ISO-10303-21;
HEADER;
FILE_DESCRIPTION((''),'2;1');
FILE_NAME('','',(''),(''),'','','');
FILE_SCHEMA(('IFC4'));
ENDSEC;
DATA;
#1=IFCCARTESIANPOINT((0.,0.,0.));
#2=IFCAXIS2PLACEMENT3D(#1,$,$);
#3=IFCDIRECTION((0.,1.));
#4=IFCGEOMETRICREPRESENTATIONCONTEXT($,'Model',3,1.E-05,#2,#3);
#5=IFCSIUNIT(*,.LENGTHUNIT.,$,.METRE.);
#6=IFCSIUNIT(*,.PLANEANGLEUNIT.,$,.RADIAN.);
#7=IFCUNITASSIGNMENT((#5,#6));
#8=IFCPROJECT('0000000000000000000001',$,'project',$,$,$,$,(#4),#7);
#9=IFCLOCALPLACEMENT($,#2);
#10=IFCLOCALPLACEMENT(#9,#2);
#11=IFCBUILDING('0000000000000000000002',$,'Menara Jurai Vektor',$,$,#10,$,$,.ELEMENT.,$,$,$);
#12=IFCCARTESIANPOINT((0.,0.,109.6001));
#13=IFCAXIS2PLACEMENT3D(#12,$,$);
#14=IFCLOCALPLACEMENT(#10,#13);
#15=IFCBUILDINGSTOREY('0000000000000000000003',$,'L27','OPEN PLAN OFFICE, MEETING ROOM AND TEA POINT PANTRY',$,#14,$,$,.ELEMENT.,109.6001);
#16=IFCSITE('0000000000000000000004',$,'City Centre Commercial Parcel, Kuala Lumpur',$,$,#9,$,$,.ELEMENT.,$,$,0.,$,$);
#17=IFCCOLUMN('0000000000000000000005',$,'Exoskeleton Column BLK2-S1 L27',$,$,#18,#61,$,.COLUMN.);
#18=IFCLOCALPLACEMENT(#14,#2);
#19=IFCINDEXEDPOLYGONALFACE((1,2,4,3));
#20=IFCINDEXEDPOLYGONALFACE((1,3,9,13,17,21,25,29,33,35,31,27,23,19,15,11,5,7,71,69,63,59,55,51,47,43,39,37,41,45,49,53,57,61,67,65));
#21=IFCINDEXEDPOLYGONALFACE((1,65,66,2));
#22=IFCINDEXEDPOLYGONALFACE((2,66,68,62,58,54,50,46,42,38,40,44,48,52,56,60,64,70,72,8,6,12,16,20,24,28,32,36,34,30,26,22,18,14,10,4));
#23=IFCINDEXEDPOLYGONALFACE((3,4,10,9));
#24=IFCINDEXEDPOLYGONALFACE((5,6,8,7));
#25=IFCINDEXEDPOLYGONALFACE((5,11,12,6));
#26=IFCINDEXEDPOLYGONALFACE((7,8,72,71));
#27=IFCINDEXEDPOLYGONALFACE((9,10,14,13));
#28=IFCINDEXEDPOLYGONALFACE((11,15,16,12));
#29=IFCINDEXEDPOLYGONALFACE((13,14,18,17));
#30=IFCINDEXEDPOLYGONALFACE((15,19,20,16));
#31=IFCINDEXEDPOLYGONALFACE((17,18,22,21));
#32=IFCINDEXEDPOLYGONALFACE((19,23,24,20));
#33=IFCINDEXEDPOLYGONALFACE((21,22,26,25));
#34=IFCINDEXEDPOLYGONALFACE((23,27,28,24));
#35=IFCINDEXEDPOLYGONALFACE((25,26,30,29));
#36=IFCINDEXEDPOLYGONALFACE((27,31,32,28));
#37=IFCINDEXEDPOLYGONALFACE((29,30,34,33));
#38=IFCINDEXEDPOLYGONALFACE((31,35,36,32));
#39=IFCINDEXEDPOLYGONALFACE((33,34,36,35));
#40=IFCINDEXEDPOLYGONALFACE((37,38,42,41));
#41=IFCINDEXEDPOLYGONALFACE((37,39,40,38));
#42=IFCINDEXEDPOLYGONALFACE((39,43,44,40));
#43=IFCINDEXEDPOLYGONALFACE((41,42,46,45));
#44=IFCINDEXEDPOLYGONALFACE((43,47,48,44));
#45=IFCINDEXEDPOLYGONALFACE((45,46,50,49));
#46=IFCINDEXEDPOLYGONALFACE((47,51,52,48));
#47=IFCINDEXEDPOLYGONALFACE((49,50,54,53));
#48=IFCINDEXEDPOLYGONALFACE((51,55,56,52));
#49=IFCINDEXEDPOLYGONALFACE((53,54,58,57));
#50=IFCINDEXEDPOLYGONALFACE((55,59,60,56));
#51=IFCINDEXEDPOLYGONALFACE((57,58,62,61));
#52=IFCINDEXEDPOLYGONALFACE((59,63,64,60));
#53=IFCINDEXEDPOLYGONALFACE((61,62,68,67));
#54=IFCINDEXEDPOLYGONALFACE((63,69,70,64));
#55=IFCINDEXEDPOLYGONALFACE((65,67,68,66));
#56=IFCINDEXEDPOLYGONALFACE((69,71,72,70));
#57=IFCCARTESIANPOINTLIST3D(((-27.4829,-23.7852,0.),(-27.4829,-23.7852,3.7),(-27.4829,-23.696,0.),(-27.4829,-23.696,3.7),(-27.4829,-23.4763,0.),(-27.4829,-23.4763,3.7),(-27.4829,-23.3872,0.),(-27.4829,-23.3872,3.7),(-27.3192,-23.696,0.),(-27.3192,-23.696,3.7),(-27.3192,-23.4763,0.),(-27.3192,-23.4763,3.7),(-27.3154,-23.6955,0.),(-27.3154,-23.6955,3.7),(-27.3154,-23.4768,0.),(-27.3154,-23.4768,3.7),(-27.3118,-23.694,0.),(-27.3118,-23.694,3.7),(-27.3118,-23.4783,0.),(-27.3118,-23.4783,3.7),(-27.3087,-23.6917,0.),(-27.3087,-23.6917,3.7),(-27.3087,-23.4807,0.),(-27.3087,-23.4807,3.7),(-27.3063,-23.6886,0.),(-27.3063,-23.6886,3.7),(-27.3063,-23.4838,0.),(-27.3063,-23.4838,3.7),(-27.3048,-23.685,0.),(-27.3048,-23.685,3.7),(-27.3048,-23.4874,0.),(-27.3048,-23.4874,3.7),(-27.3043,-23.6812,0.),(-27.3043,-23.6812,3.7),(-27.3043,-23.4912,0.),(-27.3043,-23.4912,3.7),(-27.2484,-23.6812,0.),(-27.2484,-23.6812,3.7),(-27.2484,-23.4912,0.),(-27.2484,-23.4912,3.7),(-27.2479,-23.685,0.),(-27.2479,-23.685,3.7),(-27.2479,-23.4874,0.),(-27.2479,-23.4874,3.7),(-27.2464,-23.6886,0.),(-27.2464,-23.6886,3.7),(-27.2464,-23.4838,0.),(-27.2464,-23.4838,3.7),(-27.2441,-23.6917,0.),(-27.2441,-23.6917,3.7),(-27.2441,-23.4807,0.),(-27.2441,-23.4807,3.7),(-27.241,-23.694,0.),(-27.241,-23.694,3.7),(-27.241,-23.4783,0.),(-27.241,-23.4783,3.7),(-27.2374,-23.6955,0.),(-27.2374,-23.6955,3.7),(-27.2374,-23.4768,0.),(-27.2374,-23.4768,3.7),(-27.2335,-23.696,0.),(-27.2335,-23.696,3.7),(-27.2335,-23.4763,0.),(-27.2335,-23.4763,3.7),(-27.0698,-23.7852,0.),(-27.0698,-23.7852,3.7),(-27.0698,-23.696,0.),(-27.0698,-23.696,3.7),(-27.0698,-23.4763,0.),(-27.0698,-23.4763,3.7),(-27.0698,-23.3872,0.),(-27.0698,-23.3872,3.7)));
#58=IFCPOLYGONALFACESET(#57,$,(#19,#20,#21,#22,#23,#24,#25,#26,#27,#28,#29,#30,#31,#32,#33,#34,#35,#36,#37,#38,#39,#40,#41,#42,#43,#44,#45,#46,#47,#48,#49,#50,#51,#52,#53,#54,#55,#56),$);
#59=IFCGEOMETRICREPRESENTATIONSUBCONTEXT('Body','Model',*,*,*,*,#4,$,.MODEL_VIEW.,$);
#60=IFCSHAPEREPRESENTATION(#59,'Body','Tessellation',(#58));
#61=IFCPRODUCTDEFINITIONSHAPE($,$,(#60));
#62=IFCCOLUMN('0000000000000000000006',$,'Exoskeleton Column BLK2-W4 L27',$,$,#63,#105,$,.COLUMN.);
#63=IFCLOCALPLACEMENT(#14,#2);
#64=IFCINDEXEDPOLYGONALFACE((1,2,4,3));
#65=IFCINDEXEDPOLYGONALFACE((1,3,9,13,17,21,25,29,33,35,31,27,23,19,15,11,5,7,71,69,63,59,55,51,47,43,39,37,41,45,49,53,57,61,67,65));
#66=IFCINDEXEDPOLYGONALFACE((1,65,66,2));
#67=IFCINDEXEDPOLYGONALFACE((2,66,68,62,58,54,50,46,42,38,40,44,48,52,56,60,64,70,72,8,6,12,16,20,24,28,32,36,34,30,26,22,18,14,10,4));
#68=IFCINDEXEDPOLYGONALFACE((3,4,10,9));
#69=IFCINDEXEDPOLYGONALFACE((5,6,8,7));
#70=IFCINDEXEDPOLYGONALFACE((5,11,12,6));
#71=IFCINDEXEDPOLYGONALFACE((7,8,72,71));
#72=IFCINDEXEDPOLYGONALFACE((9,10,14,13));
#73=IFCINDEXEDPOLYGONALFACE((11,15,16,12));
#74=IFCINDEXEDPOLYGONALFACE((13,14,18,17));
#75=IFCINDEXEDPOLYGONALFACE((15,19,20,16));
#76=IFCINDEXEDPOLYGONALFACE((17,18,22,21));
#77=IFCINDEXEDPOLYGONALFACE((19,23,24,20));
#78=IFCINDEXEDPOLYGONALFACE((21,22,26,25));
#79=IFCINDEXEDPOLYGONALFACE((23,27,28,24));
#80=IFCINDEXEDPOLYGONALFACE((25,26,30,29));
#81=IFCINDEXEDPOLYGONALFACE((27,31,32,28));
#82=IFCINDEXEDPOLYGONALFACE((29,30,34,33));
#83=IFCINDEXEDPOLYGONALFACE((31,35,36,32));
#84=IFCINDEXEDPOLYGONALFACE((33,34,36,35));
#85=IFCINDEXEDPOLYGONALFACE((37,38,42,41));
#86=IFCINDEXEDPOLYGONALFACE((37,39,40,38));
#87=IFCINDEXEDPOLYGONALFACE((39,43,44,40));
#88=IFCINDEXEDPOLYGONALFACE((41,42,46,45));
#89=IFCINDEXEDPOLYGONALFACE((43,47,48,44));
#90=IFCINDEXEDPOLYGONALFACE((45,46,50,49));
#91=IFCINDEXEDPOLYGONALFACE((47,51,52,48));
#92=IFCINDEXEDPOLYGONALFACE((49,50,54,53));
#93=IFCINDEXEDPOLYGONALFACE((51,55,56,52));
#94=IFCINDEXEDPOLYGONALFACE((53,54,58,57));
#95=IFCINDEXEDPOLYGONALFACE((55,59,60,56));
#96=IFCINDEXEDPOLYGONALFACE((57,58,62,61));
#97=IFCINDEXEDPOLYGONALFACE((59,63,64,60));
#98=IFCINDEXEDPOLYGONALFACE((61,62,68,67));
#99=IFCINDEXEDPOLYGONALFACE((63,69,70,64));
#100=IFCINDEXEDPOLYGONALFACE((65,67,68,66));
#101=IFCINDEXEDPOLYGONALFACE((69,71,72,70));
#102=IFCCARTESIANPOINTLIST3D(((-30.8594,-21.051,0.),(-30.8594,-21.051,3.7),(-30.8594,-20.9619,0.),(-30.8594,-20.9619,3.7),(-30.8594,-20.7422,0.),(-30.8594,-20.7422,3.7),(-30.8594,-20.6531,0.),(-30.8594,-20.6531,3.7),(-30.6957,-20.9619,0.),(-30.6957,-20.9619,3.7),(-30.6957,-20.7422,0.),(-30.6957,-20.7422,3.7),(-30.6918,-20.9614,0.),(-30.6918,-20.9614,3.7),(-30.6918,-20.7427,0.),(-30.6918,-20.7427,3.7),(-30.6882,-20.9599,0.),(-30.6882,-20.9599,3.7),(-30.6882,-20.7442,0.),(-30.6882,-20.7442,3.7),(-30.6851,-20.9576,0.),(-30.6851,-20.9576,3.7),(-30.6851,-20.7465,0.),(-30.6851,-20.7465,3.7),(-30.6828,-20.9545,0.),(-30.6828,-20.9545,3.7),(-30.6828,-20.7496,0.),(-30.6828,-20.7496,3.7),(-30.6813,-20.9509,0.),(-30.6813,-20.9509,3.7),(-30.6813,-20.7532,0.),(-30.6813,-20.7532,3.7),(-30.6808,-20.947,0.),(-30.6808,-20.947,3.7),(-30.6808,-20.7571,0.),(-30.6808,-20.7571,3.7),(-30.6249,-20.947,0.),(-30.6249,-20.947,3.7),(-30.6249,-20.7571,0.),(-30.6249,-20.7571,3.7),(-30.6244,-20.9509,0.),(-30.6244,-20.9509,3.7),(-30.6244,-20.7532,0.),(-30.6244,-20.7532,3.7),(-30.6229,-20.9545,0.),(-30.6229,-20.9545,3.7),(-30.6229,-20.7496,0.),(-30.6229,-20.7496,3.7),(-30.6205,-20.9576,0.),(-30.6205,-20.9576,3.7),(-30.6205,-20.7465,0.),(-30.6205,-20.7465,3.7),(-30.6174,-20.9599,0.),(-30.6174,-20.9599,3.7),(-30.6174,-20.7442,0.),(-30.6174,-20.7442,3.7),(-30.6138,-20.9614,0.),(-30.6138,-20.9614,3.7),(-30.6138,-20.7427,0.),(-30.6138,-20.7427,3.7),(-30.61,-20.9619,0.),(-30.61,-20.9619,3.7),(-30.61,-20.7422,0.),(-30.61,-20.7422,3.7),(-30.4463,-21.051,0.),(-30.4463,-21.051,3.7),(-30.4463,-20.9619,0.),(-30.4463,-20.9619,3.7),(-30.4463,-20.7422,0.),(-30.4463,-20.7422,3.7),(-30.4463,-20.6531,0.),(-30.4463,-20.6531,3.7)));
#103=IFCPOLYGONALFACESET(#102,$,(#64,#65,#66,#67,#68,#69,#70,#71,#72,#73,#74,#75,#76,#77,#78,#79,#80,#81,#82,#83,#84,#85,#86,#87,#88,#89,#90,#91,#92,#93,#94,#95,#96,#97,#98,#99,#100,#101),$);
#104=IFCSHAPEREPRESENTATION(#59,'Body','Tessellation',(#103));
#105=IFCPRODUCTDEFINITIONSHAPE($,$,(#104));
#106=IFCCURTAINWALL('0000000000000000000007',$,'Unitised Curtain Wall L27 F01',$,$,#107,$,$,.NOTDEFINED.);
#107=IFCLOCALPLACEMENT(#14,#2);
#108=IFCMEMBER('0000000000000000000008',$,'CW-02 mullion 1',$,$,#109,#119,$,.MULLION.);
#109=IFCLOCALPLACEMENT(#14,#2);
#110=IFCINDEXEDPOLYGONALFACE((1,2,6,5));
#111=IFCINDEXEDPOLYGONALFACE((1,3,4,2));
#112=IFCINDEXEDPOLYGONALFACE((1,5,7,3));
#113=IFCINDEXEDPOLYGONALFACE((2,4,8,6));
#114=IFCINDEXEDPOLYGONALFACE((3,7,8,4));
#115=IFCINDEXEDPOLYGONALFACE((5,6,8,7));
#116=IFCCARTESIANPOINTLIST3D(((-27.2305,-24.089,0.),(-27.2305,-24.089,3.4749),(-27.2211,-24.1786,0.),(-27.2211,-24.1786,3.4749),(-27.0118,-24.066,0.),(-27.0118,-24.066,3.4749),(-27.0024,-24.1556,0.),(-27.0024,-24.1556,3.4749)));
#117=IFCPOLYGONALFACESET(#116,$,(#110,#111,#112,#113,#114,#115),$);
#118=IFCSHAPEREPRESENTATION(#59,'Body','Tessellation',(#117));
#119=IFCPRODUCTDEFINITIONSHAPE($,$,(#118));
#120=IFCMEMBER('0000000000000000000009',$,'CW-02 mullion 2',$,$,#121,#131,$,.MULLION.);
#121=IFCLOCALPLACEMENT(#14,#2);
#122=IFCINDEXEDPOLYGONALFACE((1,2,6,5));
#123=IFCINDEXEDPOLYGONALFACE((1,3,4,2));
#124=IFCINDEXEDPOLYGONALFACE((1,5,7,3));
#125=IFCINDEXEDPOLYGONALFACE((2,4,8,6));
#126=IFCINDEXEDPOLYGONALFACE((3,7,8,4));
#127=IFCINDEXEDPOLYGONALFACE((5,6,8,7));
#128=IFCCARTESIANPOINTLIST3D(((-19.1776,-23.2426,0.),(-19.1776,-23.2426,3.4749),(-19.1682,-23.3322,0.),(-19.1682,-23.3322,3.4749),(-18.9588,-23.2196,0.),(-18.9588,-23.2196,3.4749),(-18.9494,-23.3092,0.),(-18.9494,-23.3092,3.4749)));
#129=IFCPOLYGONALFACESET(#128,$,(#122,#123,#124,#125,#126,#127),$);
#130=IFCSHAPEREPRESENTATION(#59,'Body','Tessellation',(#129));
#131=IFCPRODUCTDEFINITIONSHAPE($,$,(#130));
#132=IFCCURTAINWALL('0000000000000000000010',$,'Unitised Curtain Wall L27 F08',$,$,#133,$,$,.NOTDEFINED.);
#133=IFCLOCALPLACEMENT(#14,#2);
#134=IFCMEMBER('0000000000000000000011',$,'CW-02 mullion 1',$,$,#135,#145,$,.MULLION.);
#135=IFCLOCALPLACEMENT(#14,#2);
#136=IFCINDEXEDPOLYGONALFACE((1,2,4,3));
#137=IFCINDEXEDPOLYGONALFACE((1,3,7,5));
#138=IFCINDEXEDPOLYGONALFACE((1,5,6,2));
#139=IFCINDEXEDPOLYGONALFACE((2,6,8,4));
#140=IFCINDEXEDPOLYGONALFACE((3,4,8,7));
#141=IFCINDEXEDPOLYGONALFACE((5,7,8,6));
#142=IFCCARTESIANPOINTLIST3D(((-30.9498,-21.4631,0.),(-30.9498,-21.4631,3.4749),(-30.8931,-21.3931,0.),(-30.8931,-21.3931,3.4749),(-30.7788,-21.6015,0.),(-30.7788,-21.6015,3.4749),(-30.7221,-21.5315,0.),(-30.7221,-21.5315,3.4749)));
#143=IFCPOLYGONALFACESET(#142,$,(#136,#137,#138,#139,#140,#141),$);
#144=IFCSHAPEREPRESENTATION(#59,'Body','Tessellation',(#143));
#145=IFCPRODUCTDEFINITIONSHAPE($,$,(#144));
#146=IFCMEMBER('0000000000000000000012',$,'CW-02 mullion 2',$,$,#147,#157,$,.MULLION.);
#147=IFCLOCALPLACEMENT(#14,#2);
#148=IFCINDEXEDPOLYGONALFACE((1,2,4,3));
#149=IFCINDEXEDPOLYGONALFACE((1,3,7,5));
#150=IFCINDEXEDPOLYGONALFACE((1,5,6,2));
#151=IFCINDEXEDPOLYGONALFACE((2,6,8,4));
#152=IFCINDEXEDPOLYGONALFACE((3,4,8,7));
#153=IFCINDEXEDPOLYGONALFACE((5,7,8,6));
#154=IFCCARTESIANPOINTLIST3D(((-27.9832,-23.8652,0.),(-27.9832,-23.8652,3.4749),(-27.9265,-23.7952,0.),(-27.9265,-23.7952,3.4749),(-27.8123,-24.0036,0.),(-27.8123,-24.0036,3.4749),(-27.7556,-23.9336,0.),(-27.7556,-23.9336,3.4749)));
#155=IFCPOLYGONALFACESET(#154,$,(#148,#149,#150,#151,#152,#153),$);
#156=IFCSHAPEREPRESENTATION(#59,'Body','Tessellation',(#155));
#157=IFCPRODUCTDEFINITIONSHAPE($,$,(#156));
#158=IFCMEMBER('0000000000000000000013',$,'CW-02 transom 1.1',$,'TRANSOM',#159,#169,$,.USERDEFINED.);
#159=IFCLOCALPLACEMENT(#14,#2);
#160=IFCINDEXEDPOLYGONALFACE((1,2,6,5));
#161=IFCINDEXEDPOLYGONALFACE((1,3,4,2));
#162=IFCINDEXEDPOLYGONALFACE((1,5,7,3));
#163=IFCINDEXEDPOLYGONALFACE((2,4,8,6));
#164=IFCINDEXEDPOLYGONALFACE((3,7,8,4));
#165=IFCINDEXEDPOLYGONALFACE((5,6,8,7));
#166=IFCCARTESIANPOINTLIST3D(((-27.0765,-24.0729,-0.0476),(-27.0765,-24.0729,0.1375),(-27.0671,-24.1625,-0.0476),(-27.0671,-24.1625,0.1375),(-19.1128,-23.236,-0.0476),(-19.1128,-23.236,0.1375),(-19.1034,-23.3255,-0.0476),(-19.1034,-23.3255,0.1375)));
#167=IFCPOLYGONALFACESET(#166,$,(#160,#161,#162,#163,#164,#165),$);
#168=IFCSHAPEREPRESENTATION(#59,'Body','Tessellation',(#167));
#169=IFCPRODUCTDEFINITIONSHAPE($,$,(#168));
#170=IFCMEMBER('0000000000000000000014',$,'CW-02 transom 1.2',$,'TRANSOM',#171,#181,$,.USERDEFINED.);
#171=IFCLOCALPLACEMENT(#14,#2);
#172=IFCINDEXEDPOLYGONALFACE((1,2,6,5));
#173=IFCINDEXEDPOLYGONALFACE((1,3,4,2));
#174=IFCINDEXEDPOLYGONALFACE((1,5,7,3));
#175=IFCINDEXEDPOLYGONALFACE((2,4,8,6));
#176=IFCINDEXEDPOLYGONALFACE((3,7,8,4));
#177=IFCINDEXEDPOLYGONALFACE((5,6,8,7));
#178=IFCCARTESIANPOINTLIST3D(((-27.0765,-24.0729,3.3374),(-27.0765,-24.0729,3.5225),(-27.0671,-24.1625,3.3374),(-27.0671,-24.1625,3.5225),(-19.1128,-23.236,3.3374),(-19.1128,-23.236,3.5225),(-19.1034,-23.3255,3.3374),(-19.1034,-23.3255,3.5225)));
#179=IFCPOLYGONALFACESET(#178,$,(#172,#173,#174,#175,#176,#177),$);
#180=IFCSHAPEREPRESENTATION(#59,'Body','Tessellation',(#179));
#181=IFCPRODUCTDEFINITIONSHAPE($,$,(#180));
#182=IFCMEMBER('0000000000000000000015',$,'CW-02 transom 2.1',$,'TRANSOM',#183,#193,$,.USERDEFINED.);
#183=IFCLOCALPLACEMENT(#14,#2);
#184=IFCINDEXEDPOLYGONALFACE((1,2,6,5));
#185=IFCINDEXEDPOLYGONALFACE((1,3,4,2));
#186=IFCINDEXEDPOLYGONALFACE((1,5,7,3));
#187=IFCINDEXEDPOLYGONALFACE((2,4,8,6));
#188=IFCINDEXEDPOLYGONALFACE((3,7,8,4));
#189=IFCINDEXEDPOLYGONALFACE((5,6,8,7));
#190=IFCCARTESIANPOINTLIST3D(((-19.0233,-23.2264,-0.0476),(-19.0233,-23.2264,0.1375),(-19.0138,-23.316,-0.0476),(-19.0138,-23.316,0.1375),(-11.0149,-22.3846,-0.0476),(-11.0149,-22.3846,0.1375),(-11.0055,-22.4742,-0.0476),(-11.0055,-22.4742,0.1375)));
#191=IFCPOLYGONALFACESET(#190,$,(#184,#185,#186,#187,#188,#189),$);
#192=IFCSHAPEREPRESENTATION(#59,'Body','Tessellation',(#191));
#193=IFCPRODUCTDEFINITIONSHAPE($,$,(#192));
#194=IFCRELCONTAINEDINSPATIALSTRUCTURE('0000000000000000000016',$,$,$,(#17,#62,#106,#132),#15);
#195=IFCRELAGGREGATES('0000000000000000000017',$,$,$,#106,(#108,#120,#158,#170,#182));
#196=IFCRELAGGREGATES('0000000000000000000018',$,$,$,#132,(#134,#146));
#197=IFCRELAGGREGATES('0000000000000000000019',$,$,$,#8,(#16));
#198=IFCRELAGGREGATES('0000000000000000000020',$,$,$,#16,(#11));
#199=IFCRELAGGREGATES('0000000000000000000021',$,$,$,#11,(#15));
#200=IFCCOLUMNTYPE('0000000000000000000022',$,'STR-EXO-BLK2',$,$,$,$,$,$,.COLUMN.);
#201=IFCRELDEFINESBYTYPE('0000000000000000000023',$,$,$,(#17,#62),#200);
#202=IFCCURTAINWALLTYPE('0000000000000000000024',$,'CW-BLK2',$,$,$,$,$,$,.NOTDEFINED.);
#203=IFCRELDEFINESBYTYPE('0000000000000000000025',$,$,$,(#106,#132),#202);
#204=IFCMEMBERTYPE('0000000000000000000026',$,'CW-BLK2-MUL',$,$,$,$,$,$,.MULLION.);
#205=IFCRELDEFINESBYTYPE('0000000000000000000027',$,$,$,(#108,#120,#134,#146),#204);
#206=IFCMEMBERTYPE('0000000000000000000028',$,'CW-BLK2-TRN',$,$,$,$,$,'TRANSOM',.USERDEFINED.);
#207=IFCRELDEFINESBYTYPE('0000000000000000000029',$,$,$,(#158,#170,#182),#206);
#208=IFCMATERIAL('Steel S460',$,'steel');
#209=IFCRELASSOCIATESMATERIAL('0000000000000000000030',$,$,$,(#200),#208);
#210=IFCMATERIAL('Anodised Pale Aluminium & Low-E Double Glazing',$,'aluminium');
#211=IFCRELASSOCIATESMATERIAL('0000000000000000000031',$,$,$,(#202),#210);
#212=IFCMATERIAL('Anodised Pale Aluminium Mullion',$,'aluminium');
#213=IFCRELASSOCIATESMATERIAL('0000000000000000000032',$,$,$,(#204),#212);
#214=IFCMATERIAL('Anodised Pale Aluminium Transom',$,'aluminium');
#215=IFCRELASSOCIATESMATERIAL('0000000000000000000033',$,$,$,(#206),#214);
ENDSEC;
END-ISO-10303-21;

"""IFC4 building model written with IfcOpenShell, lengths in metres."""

from ifc_helpers import new_model, si_unit, direction, frame, origin, origin_2d, place, context, subcontext, project, spatial, rectangle, i_section, extrude, material, material_profile, profile_set, type_object, element, aggregate, save


model = new_model("IFC4")

# Units and contexts
model_context = context("Model", 3, precision=1e-05, world=origin(), true_north=direction((0.0, 1.0)))
body_context = subcontext(model_context, "Body", "Model", "MODEL_VIEW")
ifc_project = project(units=[si_unit("LENGTHUNIT", "METRE"), si_unit("PLANEANGLEUNIT", "RADIAN")], contexts=[model_context])

# Site, building, storey
site_placement = place(None, origin())
site = spatial("IfcSite", under=ifc_project, at=site_placement, Name="City Centre Commercial Parcel, Kuala Lumpur", CompositionType="ELEMENT", RefElevation=0.0)
building_placement = place(site_placement, origin())
building = spatial("IfcBuilding", under=site, at=building_placement, Name="Menara Jurai Vektor", CompositionType="ELEMENT")
storey_placement = place(building_placement, frame((0.0, 0.0, 109.6001)))
storey = spatial("IfcBuildingStorey", under=building, at=storey_placement, Name="L27", Description="OPEN PLAN OFFICE, MEETING ROOM AND TEA POINT PANTRY", CompositionType="ELEMENT", Elevation=109.6001)

# Columns
ifc_material_1 = material(Name="Steel S460", Category="steel")
ifc_material_profile_1 = material_profile(ifc_material_1, i_section(OverallWidth=0.4131, OverallDepth=0.3979, WebThickness=0.0559, FlangeThickness=0.0891, FilletRadius=0.0149, at=origin_2d()), Name="HD 400x744")
ifc_profile_set_1 = profile_set([ifc_material_profile_1], Name="Steel S460")
column_type = type_object("IfcColumnType", Name="STR-EXO-BLK2", PredefinedType="COLUMN", material=ifc_profile_set_1)
for number, where, z_axis, x_axis, name in (
    (1, (-27.2764, -23.5862, 0.0), (0.0, 0.0, 1.0), (1.0, 0.0, 0.0), "Exoskeleton Column BLK2-S1 L27"),
    (2, (-30.6528, -20.8521, 0.0), (0.0, 0.0, 1.0), (1.0, 0.0, 0.0), "Exoskeleton Column BLK2-W4 L27"),
):
    element("IfcColumn", number, at=place(storey_placement, frame(where, z_axis=z_axis, x_axis=x_axis)), inside=storey, type_object=column_type, Name=name, PredefinedType="COLUMN", context=body_context, shape_type="SweptSolid", body=[
        extrude(i_section(OverallWidth=0.4131, OverallDepth=0.3979, WebThickness=0.0559, FlangeThickness=0.0891, FilletRadius=0.0149, at=origin_2d()), origin(), (0.0, 0.0, 1.0), 3.7),
    ])

# Curtain walls, members
ifc_material_2 = material(Name="Anodised Pale Aluminium & Low-E Double Glazing", Category="aluminium")
curtain_wall_type = type_object("IfcCurtainWallType", Name="CW-BLK2", PredefinedType="NOTDEFINED", material=ifc_material_2)
curtain_wall_1_placement = place(storey_placement, origin())
curtain_wall_1 = element("IfcCurtainWall", 3, at=curtain_wall_1_placement, inside=storey, type_object=curtain_wall_type, Name="Unitised Curtain Wall L27 F01", PredefinedType="NOTDEFINED")
ifc_material_3 = material(Name="Anodised Pale Aluminium Mullion", Category="aluminium")
ifc_material_profile_2 = material_profile(ifc_material_3, rectangle(XDim=0.0901, YDim=0.22, at=origin_2d()), Name="ALU MUL 90x220")
ifc_profile_set_2 = profile_set([ifc_material_profile_2], Name="Anodised Pale Aluminium Mullion")
member_type_1 = type_object("IfcMemberType", Name="CW-BLK2-MUL", PredefinedType="MULLION", material=ifc_profile_set_2)
member_1_placement = place(storey_placement, frame((-27.1165, -24.1223, 0.0), z_axis=(0.0, 0.0, 1.0), x_axis=(-0.104529, 0.994522, 0.0)))
member_1 = element("IfcMember", 4, at=member_1_placement, type_object=member_type_1, Name="CW-02 mullion 1", PredefinedType="MULLION", context=body_context, shape_type="SweptSolid", body=[
    extrude(rectangle(XDim=0.0901, YDim=0.22, at=origin_2d()), origin(), (0.0, 0.0, 1.0), 3.4749),
])
member_2_placement = place(storey_placement, frame((-19.0635, -23.2759, 0.0), z_axis=(0.0, 0.0, 1.0), x_axis=(-0.104529, 0.994522, 0.0)))
member_2 = element("IfcMember", 5, at=member_2_placement, type_object=member_type_1, Name="CW-02 mullion 2", PredefinedType="MULLION", context=body_context, shape_type="SweptSolid", body=[
    extrude(rectangle(XDim=0.0901, YDim=0.22, at=origin_2d()), origin(), (0.0, 0.0, 1.0), 3.4749),
])
curtain_wall_2_placement = place(storey_placement, origin())
curtain_wall_2 = element("IfcCurtainWall", 6, at=curtain_wall_2_placement, inside=storey, type_object=curtain_wall_type, Name="Unitised Curtain Wall L27 F08", PredefinedType="NOTDEFINED")
member_3_placement = place(storey_placement, frame((-30.8359, -21.4973, 0.0), z_axis=(0.0, 0.0, 1.0), x_axis=(0.629313, 0.777152, 0.0)))
member_3 = element("IfcMember", 7, at=member_3_placement, type_object=member_type_1, Name="CW-02 mullion 1", PredefinedType="MULLION", context=body_context, shape_type="SweptSolid", body=[
    extrude(rectangle(XDim=0.0901, YDim=0.22, at=origin_2d()), origin(), (0.0, 0.0, 1.0), 3.4749),
])
member_4_placement = place(storey_placement, frame((-27.8694, -23.8994, 0.0), z_axis=(0.0, 0.0, 1.0), x_axis=(0.629313, 0.777152, 0.0)))
member_4 = element("IfcMember", 8, at=member_4_placement, type_object=member_type_1, Name="CW-02 mullion 2", PredefinedType="MULLION", context=body_context, shape_type="SweptSolid", body=[
    extrude(rectangle(XDim=0.0901, YDim=0.22, at=origin_2d()), origin(), (0.0, 0.0, 1.0), 3.4749),
])

# Members
ifc_material_4 = material(Name="Anodised Pale Aluminium Transom", Category="aluminium")
ifc_material_profile_3 = material_profile(ifc_material_4, rectangle(XDim=0.0901, YDim=0.1851, at=origin_2d()), Name="ALU TRN 90x185")
ifc_profile_set_3 = profile_set([ifc_material_profile_3], Name="Anodised Pale Aluminium Transom")
member_type_2 = type_object("IfcMemberType", Name="CW-BLK2-TRN", ElementType="TRANSOM", PredefinedType="USERDEFINED", material=ifc_profile_set_3)
member_5_placement = place(storey_placement, frame((-27.0718, -24.1177, 0.0449), z_axis=(0.994523, 0.104517, 0.0), x_axis=(-0.104517, 0.994523, 0.0)))
member_5 = element("IfcMember", 9, at=member_5_placement, type_object=member_type_2, Name="CW-02 transom 1.1", ObjectType="TRANSOM", PredefinedType="USERDEFINED", context=body_context, shape_type="SweptSolid", body=[
    extrude(rectangle(XDim=0.0901, YDim=0.1851, at=origin_2d()), origin(), (0.0, 0.0, 1.0), 8.0076),
])
member_6_placement = place(storey_placement, frame((-27.0718, -24.1177, 3.4299), z_axis=(0.994523, 0.104517, 0.0), x_axis=(-0.104517, 0.994523, 0.0)))
member_6 = element("IfcMember", 10, at=member_6_placement, type_object=member_type_2, Name="CW-02 transom 1.2", ObjectType="TRANSOM", PredefinedType="USERDEFINED", context=body_context, shape_type="SweptSolid", body=[
    extrude(rectangle(XDim=0.0901, YDim=0.1851, at=origin_2d()), origin(), (0.0, 0.0, 1.0), 8.0076),
])
member_7_placement = place(storey_placement, frame((-19.0186, -23.2712, 0.0449), z_axis=(0.994521, 0.10454, 0.0), x_axis=(-0.10454, 0.994521, 0.0)))
member_7 = element("IfcMember", 11, at=member_7_placement, type_object=member_type_2, Name="CW-02 transom 2.1", ObjectType="TRANSOM", PredefinedType="USERDEFINED", context=body_context, shape_type="SweptSolid", body=[
    extrude(rectangle(XDim=0.0901, YDim=0.1851, at=origin_2d()), origin(), (0.0, 0.0, 1.0), 8.0525),
])

aggregate(curtain_wall_1, [member_1, member_2, member_5, member_6, member_7])
aggregate(curtain_wall_2, [member_3, member_4])

save(model, "model.ifc")
